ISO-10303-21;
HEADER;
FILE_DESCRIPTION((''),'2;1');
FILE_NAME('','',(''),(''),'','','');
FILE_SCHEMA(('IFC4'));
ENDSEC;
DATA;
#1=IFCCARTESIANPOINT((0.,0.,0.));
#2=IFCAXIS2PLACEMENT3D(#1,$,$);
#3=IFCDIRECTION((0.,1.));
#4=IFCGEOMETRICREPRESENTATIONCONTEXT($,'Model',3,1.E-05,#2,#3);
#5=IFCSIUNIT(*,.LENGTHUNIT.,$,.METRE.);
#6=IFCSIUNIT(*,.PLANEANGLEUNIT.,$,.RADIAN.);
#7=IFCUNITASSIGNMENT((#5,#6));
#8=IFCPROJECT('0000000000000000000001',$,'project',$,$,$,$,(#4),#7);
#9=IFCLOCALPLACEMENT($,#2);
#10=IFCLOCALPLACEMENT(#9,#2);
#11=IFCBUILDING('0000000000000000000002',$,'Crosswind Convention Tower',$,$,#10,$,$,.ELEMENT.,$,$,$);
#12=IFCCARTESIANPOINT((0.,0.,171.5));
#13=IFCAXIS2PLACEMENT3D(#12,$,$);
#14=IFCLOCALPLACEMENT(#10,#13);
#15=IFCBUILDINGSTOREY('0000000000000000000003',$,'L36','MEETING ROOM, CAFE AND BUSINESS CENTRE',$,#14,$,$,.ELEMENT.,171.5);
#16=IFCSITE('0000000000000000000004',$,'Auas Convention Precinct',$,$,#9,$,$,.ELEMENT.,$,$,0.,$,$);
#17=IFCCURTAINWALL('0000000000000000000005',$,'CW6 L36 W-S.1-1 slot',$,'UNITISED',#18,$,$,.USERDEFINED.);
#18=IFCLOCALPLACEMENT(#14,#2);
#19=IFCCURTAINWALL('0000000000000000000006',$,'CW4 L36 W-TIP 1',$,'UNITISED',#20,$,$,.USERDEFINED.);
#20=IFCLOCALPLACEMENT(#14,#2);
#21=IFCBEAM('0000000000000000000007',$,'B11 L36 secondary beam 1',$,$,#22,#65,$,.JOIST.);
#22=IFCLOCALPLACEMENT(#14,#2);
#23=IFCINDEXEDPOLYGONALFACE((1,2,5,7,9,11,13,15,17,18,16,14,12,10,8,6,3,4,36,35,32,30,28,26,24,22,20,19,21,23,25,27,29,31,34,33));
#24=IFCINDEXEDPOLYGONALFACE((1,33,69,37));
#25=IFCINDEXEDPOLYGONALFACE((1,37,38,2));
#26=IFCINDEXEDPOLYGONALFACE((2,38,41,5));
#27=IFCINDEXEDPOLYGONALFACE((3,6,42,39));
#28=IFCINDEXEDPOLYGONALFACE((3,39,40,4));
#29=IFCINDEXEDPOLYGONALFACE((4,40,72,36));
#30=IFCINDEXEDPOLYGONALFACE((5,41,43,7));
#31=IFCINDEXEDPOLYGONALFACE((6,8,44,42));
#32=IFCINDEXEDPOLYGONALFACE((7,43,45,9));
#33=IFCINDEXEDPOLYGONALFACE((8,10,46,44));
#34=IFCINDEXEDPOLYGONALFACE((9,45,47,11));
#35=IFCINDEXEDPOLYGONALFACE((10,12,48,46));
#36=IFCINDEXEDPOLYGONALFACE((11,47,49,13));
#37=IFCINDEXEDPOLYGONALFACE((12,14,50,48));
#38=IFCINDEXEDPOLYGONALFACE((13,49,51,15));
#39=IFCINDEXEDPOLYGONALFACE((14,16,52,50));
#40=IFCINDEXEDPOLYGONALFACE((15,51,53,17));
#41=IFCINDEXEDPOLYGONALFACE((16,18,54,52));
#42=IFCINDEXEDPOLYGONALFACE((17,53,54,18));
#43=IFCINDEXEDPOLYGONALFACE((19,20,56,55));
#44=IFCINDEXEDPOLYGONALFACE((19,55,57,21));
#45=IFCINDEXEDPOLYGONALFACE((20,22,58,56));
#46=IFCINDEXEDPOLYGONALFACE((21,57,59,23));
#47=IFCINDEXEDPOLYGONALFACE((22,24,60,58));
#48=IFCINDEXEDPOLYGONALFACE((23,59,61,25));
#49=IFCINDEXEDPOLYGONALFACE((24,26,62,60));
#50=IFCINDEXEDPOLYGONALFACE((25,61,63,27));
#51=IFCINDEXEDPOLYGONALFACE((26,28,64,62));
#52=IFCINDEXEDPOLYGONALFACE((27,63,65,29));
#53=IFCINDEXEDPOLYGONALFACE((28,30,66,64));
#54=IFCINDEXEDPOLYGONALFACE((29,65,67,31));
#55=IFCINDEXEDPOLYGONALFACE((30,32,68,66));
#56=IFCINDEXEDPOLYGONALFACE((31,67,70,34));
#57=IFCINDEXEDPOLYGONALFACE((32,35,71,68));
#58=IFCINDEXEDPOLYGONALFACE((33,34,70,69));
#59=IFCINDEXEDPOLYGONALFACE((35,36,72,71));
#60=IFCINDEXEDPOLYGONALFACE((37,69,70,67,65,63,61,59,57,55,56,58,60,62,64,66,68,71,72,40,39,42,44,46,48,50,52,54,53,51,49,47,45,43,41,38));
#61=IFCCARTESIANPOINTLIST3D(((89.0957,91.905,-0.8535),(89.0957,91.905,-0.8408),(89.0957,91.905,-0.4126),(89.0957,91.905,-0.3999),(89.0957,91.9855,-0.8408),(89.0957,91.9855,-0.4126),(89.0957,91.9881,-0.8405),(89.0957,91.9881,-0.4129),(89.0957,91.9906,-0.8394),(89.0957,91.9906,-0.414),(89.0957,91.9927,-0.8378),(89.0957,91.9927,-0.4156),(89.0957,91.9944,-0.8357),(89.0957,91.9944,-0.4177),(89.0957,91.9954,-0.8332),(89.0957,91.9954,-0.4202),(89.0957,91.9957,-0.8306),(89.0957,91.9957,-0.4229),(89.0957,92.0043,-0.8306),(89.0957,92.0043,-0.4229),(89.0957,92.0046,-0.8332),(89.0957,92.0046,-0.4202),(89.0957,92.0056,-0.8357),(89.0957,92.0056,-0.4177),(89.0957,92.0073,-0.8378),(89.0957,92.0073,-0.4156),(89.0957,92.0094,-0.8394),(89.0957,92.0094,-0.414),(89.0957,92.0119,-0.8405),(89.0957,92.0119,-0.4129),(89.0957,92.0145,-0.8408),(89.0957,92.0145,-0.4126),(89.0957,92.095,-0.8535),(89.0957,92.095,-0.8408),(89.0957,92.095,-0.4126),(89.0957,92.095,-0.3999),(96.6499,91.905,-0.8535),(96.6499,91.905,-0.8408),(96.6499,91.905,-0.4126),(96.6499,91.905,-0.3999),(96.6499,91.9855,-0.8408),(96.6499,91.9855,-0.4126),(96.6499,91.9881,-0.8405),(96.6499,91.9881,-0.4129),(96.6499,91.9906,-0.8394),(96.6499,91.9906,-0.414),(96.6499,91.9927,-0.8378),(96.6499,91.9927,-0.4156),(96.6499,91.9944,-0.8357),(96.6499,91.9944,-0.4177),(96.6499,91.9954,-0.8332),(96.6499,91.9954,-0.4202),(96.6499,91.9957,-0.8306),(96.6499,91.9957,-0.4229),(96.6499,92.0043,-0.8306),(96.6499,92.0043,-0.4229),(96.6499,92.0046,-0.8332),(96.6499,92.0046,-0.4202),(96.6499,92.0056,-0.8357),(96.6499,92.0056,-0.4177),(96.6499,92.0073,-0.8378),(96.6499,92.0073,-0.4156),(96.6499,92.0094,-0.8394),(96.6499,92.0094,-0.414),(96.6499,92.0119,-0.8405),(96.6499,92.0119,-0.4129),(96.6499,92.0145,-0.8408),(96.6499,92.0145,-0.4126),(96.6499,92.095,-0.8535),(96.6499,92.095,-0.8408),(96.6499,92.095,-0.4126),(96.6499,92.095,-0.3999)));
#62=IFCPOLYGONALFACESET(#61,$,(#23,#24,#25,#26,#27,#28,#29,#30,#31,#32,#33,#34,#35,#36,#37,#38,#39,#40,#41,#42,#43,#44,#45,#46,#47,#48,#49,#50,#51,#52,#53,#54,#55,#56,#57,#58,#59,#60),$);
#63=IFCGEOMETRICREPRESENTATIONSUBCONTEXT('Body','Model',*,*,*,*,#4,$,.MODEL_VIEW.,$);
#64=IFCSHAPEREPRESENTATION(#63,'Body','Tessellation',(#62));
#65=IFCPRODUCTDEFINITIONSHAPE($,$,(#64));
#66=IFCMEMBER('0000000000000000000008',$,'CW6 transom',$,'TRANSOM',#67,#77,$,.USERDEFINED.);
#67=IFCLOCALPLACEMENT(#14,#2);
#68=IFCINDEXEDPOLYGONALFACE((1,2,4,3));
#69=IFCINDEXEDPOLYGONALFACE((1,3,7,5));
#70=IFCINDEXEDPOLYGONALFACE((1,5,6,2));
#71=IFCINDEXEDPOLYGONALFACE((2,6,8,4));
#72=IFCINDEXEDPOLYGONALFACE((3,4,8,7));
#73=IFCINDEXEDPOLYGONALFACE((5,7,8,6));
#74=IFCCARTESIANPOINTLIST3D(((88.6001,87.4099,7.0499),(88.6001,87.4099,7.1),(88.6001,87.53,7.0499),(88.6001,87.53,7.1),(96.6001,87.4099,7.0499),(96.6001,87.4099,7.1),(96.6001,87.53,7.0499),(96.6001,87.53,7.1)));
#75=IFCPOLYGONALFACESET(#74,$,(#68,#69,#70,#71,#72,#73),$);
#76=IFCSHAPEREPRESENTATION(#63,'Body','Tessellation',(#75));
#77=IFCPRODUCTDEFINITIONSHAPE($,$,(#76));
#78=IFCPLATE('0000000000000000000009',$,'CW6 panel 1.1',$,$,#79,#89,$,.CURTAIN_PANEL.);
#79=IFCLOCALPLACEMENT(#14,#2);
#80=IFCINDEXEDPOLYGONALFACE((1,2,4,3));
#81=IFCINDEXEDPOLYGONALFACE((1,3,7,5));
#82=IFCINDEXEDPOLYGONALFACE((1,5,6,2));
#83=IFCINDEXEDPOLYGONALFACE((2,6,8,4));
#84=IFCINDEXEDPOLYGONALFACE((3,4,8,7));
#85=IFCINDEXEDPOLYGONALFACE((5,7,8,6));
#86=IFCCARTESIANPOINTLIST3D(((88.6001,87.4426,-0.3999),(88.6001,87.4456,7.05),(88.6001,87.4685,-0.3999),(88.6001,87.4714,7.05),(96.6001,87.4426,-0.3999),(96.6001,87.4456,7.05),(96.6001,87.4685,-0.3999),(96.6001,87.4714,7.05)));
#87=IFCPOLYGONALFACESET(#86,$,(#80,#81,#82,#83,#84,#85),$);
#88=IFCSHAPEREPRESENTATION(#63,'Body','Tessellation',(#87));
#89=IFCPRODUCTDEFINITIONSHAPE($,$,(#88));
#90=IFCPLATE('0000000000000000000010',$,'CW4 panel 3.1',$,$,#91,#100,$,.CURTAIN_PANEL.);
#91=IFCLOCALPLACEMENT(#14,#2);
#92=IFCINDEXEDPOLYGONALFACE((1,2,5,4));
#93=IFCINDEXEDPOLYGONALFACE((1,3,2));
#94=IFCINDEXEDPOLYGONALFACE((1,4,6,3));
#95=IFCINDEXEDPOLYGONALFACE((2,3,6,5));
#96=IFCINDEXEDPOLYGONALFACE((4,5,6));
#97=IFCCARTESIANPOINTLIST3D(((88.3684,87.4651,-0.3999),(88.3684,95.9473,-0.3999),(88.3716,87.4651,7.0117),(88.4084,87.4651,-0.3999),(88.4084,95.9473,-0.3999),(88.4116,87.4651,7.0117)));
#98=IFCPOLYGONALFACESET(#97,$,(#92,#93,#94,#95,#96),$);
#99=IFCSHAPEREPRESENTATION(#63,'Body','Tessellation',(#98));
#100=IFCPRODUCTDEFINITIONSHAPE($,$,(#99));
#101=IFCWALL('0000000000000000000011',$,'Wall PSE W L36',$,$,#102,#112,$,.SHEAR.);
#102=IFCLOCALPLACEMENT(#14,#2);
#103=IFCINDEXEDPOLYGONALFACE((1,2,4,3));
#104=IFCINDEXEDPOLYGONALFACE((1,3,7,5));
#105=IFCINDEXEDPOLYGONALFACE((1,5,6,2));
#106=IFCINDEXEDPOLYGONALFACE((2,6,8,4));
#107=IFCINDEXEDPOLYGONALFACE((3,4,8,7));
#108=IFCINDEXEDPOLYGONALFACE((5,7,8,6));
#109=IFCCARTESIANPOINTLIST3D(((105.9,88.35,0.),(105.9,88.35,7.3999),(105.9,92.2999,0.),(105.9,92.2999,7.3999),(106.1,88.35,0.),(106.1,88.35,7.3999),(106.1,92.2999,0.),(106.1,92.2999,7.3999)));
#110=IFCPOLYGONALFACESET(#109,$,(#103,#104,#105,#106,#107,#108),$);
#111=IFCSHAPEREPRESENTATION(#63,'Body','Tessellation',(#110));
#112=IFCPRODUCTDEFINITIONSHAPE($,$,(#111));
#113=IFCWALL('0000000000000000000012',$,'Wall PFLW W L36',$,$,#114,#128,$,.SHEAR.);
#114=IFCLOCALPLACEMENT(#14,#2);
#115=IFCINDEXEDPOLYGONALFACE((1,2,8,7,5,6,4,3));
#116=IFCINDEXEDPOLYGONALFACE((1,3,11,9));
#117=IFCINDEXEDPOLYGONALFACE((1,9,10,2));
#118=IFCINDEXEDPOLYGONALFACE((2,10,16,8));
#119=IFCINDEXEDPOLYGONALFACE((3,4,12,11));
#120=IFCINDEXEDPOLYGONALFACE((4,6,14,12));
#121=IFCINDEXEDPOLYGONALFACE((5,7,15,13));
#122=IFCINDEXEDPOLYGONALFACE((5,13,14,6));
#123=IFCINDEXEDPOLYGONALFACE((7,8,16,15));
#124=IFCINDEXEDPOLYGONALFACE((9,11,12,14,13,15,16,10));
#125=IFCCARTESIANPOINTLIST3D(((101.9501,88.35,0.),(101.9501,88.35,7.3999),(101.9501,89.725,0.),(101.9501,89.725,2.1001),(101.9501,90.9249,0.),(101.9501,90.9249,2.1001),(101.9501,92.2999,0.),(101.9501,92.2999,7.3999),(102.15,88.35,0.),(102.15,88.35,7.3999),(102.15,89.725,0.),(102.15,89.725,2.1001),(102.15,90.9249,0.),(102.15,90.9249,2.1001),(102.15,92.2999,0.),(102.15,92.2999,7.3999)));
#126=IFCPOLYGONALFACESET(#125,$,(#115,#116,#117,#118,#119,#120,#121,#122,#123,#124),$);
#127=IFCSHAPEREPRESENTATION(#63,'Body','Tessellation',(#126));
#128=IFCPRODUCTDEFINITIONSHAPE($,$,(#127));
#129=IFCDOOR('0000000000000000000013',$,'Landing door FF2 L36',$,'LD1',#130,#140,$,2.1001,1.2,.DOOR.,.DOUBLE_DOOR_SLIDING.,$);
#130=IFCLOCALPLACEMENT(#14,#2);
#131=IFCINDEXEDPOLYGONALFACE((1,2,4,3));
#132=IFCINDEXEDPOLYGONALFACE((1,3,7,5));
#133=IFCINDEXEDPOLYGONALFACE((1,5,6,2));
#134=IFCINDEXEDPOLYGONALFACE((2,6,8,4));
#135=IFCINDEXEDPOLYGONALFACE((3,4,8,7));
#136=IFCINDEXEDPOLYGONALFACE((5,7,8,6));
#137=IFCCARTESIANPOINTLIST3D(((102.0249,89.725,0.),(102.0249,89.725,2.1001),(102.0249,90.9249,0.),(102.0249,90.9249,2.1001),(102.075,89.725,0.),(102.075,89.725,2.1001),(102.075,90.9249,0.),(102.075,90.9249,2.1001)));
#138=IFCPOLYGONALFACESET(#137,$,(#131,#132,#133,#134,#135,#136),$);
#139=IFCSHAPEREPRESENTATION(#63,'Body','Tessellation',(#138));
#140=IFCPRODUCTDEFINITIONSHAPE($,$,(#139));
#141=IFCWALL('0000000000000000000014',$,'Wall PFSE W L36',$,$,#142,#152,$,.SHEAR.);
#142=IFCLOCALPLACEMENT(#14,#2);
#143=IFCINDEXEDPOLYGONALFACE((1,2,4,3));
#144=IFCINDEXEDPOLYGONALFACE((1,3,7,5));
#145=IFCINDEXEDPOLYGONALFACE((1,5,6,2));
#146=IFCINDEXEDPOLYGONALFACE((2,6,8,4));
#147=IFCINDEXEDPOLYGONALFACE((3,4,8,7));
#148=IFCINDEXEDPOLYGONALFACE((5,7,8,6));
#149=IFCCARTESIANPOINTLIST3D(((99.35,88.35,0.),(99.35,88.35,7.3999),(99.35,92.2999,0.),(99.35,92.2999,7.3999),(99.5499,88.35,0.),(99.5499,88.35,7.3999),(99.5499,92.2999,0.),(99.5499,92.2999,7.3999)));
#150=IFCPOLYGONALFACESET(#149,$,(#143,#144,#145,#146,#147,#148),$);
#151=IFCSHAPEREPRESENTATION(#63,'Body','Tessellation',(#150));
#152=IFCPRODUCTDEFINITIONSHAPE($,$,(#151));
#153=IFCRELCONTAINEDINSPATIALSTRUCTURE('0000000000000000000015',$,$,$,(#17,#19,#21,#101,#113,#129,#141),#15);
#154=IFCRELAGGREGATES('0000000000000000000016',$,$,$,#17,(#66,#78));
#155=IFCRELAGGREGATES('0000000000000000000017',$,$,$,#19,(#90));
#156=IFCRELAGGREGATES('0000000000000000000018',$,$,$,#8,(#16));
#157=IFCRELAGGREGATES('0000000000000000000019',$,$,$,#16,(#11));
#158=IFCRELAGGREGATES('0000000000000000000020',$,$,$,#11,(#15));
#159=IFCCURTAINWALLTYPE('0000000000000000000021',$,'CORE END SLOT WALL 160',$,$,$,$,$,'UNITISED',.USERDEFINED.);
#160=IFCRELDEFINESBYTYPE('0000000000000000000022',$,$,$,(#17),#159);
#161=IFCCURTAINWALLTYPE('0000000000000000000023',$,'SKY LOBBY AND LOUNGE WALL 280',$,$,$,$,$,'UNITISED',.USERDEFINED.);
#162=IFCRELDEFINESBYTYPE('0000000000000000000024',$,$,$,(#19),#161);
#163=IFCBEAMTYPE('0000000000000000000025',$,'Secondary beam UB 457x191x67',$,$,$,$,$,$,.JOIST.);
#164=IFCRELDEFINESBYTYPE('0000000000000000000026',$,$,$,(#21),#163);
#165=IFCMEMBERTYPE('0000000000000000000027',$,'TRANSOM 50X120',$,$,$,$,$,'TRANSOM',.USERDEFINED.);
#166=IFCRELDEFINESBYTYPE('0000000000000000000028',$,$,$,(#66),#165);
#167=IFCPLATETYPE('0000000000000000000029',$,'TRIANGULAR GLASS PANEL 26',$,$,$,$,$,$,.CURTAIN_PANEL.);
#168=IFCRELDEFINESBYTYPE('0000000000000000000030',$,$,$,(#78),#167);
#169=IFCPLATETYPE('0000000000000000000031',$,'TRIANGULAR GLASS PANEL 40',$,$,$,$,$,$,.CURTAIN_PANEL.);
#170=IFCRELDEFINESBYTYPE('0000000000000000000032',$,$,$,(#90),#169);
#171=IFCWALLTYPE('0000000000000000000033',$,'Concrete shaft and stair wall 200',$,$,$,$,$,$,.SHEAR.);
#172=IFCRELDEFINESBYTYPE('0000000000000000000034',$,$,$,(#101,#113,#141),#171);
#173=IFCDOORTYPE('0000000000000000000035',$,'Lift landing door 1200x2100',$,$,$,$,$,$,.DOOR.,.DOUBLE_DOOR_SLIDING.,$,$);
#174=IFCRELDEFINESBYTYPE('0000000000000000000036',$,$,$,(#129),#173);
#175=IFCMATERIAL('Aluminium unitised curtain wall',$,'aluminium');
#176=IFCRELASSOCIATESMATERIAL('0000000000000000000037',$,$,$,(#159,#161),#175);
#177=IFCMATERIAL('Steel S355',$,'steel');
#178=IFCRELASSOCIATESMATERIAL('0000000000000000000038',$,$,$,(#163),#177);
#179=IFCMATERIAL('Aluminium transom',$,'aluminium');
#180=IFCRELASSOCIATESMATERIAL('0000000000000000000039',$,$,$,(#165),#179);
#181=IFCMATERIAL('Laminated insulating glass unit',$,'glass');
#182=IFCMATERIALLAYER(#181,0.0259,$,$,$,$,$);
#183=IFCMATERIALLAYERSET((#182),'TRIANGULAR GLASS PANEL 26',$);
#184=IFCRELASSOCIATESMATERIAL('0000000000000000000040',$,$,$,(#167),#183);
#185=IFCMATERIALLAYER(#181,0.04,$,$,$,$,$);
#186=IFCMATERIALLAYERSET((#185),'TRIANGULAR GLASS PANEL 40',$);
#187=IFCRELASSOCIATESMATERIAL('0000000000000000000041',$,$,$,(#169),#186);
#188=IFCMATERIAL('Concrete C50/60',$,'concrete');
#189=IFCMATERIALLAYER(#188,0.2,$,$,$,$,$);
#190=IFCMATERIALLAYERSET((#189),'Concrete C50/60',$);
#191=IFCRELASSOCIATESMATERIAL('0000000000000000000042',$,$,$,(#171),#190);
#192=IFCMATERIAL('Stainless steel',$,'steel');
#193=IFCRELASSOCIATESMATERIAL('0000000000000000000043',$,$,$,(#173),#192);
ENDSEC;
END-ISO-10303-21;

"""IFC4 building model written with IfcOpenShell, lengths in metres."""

from ifc_helpers import new_model, si_unit, direction, frame, frame_2d, origin, origin_2d, place, context, subcontext, project, spatial, polyline, rectangle, i_section, outline, extrude, material, layer, layer_set, material_profile, profile_set, type_object, element, fill, aggregate, save


model = new_model("IFC4")

# Units and contexts
model_context = context("Model", 3, precision=1e-05, world=origin(), true_north=direction((0.0, 1.0)))
body_context = subcontext(model_context, "Body", "Model", "MODEL_VIEW")
ifc_project = project(units=[si_unit("LENGTHUNIT", "METRE"), si_unit("PLANEANGLEUNIT", "RADIAN")], contexts=[model_context])

# Site, building, storey
site_placement = place(None, origin())
site = spatial("IfcSite", under=ifc_project, at=site_placement, Name="Auas Convention Precinct", CompositionType="ELEMENT", RefElevation=0.0)
building_placement = place(site_placement, origin())
building = spatial("IfcBuilding", under=site, at=building_placement, Name="Crosswind Convention Tower", CompositionType="ELEMENT")
storey_placement = place(building_placement, frame((0.0, 0.0, 171.5)))
storey = spatial("IfcBuildingStorey", under=building, at=storey_placement, Name="L36", Description="MEETING ROOM, CAFE AND BUSINESS CENTRE", CompositionType="ELEMENT", Elevation=171.5)

# Shared definitions
ifc_material_1 = material(Name="Steel S355", Category="steel")

# Curtain walls
ifc_material_2 = material(Name="Aluminium unitised curtain wall", Category="aluminium")
curtain_wall_type_1 = type_object("IfcCurtainWallType", Name="CORE END SLOT WALL 160", ElementType="UNITISED", PredefinedType="USERDEFINED", material=ifc_material_2)
curtain_wall_1_placement = place(storey_placement, origin())
curtain_wall_1 = element("IfcCurtainWall", 1, at=curtain_wall_1_placement, inside=storey, type_object=curtain_wall_type_1, Name="CW6 L36 W-S.1-1 slot", ObjectType="UNITISED", PredefinedType="USERDEFINED")
curtain_wall_type_2 = type_object("IfcCurtainWallType", Name="SKY LOBBY AND LOUNGE WALL 280", ElementType="UNITISED", PredefinedType="USERDEFINED", material=ifc_material_2)
curtain_wall_2_placement = place(storey_placement, origin())
curtain_wall_2 = element("IfcCurtainWall", 2, at=curtain_wall_2_placement, inside=storey, type_object=curtain_wall_type_2, Name="CW4 L36 W-TIP 1", ObjectType="UNITISED", PredefinedType="USERDEFINED")

# Beam
ifc_material_profile_1 = material_profile(ifc_material_1, i_section(OverallWidth=0.1899, OverallDepth=0.4536, WebThickness=0.0085, FlangeThickness=0.0127, FilletRadius=0.0103, at=origin_2d()), Name="UB 457x191x67")
ifc_profile_set_1 = profile_set([ifc_material_profile_1], Name="Steel S355")
beam_type_1 = type_object("IfcBeamType", Name="Secondary beam UB 457x191x67", PredefinedType="JOIST", material=ifc_profile_set_1)
beam_1_placement = place(storey_placement, frame((89.0957, 92.0, -0.6267), z_axis=(1.0, 0.0, 0.0), x_axis=(0.0, 1.0, 0.0)))
element("IfcBeam", 3, at=beam_1_placement, inside=storey, type_object=beam_type_1, Name="B11 L36 secondary beam 1", PredefinedType="JOIST", context=body_context, shape_type="SweptSolid", body=[
    extrude(i_section(OverallWidth=0.1899, OverallDepth=0.4536, WebThickness=0.0085, FlangeThickness=0.0127, FilletRadius=0.0103, at=origin_2d()), origin(), (0.0, 0.0, 1.0), 7.5542),
])

# Member
ifc_material_3 = material(Name="Aluminium transom", Category="aluminium")
ifc_material_profile_2 = material_profile(ifc_material_3, rectangle(XDim=0.1201, YDim=0.05, at=origin_2d()), Name="AL 120X50")
ifc_profile_set_2 = profile_set([ifc_material_profile_2], Name="Aluminium transom")
member_type_1 = type_object("IfcMemberType", Name="TRANSOM 50X120", ElementType="TRANSOM", PredefinedType="USERDEFINED", material=ifc_profile_set_2)
member_1_placement = place(storey_placement, frame((88.6001, 87.47, 7.075), z_axis=(1.0, 0.0, 0.0), x_axis=(0.0, 1.0, 0.0)))
member_1 = element("IfcMember", 4, at=member_1_placement, type_object=member_type_1, Name="CW6 transom", ObjectType="TRANSOM", PredefinedType="USERDEFINED", context=body_context, shape_type="SweptSolid", body=[
    extrude(rectangle(XDim=0.1201, YDim=0.05, at=origin_2d()), origin(), (0.0, 0.0, 1.0), 8.0),
])

# Plates
ifc_material_4 = material(Name="Laminated insulating glass unit", Category="glass")
ifc_layer_1 = layer(ifc_material_4, 0.0259)
ifc_layer_set_1 = layer_set([ifc_layer_1], Name="TRIANGULAR GLASS PANEL 26")
plate_type_1 = type_object("IfcPlateType", Name="TRIANGULAR GLASS PANEL 26", PredefinedType="CURTAIN_PANEL", material=ifc_layer_set_1)
plate_1_placement = place(storey_placement, frame((88.6001, 87.4426, -0.3999), z_axis=(0.0, -1.0, 0.000393), x_axis=(1.0, 0.0, 0.0)))
plate_1 = element("IfcPlate", 5, at=plate_1_placement, type_object=plate_type_1, Name="CW6 panel 1.1", PredefinedType="CURTAIN_PANEL", context=body_context, shape_type="SweptSolid", body=[
    extrude(outline(polyline([(0.0, 0.0), (8.0, 0.0), (8.0, 7.45), (0.0, 7.45), (0.0, 0.0)])), origin(), (0.0, 0.0, -1.0), 0.0259),
])
aggregate(curtain_wall_1, [member_1, plate_1])
ifc_layer_2 = layer(ifc_material_4, 0.04)
ifc_layer_set_2 = layer_set([ifc_layer_2], Name="TRIANGULAR GLASS PANEL 40")
plate_type_2 = type_object("IfcPlateType", Name="TRIANGULAR GLASS PANEL 40", PredefinedType="CURTAIN_PANEL", material=ifc_layer_set_2)
plate_2_placement = place(storey_placement, frame((88.3684, 87.4651, -0.3999), z_axis=(-1.0, 0.0, 0.000428), x_axis=(0.000428, 0.0, 1.0)))
plate_2 = element("IfcPlate", 6, at=plate_2_placement, type_object=plate_type_2, Name="CW4 panel 3.1", PredefinedType="CURTAIN_PANEL", context=body_context, shape_type="SweptSolid", body=[
    extrude(outline(polyline([(0.0, 0.0), (7.4116, 0.0), (0.0, 8.4822), (0.0, 0.0)])), origin(), (0.0, 0.0, -1.0), 0.04),
])
aggregate(curtain_wall_2, [plate_2])

# Wall
ifc_material_5 = material(Name="Concrete C50/60", Category="concrete")
ifc_layer_3 = layer(ifc_material_5, 0.2)
ifc_layer_set_3 = layer_set([ifc_layer_3], Name="Concrete C50/60")
wall_type_1 = type_object("IfcWallType", Name="Concrete shaft and stair wall 200", PredefinedType="SHEAR", material=ifc_layer_set_3)
wall_1_placement = place(storey_placement, frame((106.0, 92.3, 0.0), z_axis=(0.0, 0.0, 1.0), x_axis=(0.0, -1.0, 0.0)))
element("IfcWall", 7, at=wall_1_placement, inside=storey, type_object=wall_type_1, Name="Wall PSE W L36", PredefinedType="SHEAR", context=body_context, shape_type="SweptSolid", body=[
    extrude(rectangle(XDim=3.95, YDim=0.2, at=frame_2d((1.9751, 0.0))), origin(), (0.0, 0.0, 1.0), 7.3999),
])

# Wall, opening, door
wall_2_placement = place(storey_placement, frame((102.05, 92.3, 0.0), z_axis=(0.0, 0.0, 1.0), x_axis=(0.0, -1.0, 0.0)))
wall_2 = element("IfcWall", 8, at=wall_2_placement, inside=storey, type_object=wall_type_1, Name="Wall PFLW W L36", PredefinedType="SHEAR", context=body_context, shape_type="SweptSolid", body=[
    extrude(rectangle(XDim=3.95, YDim=0.2, at=frame_2d((1.9751, 0.0))), origin(), (0.0, 0.0, 1.0), 7.3999),
])
opening_1_placement = place(wall_2_placement, frame((1.375, 0.0, 0.0)))
opening_1 = element("IfcOpeningElement", 9, at=opening_1_placement, cuts=wall_2, PredefinedType="OPENING", context=body_context, shape_type="SweptSolid", body=[
    extrude(rectangle(XDim=1.2, YDim=2.1001, at=frame_2d((0.6001, 1.05))), frame((0.0, 0.1099, 0.0), z_axis=(0.0, -1.0, 0.0), x_axis=(1.0, 0.0, 0.0)), (0.0, 0.0, 1.0), 0.22),
])
ifc_material_6 = material(Name="Stainless steel", Category="steel")
door_type_1 = type_object("IfcDoorType", Name="Lift landing door 1200x2100", OperationType="DOUBLE_DOOR_SLIDING", PredefinedType="DOOR", material=ifc_material_6)
door_1_placement = place(opening_1_placement, origin())
door_1 = element("IfcDoor", 10, at=door_1_placement, inside=storey, type_object=door_type_1, Name="Landing door FF2 L36", ObjectType="LD1", OperationType="DOUBLE_DOOR_SLIDING", OverallHeight=2.1001, OverallWidth=1.2, PredefinedType="DOOR", context=body_context, shape_type="SweptSolid", body=[
    extrude(rectangle(XDim=1.2, YDim=2.1001, at=frame_2d((0.6001, 1.05))), frame((0.0, 0.0249, 0.0), z_axis=(0.0, -1.0, 0.0), x_axis=(1.0, 0.0, 0.0)), (0.0, 0.0, 1.0), 0.05),
])
fill(opening_1, door_1)

# Wall
wall_3_placement = place(storey_placement, frame((99.45, 92.3, 0.0), z_axis=(0.0, 0.0, 1.0), x_axis=(0.0, -1.0, 0.0)))
element("IfcWall", 11, at=wall_3_placement, inside=storey, type_object=wall_type_1, Name="Wall PFSE W L36", PredefinedType="SHEAR", context=body_context, shape_type="SweptSolid", body=[
    extrude(rectangle(XDim=3.95, YDim=0.2, at=frame_2d((1.9751, 0.0))), origin(), (0.0, 0.0, 1.0), 7.3999),
])

save(model, "model.ifc")
